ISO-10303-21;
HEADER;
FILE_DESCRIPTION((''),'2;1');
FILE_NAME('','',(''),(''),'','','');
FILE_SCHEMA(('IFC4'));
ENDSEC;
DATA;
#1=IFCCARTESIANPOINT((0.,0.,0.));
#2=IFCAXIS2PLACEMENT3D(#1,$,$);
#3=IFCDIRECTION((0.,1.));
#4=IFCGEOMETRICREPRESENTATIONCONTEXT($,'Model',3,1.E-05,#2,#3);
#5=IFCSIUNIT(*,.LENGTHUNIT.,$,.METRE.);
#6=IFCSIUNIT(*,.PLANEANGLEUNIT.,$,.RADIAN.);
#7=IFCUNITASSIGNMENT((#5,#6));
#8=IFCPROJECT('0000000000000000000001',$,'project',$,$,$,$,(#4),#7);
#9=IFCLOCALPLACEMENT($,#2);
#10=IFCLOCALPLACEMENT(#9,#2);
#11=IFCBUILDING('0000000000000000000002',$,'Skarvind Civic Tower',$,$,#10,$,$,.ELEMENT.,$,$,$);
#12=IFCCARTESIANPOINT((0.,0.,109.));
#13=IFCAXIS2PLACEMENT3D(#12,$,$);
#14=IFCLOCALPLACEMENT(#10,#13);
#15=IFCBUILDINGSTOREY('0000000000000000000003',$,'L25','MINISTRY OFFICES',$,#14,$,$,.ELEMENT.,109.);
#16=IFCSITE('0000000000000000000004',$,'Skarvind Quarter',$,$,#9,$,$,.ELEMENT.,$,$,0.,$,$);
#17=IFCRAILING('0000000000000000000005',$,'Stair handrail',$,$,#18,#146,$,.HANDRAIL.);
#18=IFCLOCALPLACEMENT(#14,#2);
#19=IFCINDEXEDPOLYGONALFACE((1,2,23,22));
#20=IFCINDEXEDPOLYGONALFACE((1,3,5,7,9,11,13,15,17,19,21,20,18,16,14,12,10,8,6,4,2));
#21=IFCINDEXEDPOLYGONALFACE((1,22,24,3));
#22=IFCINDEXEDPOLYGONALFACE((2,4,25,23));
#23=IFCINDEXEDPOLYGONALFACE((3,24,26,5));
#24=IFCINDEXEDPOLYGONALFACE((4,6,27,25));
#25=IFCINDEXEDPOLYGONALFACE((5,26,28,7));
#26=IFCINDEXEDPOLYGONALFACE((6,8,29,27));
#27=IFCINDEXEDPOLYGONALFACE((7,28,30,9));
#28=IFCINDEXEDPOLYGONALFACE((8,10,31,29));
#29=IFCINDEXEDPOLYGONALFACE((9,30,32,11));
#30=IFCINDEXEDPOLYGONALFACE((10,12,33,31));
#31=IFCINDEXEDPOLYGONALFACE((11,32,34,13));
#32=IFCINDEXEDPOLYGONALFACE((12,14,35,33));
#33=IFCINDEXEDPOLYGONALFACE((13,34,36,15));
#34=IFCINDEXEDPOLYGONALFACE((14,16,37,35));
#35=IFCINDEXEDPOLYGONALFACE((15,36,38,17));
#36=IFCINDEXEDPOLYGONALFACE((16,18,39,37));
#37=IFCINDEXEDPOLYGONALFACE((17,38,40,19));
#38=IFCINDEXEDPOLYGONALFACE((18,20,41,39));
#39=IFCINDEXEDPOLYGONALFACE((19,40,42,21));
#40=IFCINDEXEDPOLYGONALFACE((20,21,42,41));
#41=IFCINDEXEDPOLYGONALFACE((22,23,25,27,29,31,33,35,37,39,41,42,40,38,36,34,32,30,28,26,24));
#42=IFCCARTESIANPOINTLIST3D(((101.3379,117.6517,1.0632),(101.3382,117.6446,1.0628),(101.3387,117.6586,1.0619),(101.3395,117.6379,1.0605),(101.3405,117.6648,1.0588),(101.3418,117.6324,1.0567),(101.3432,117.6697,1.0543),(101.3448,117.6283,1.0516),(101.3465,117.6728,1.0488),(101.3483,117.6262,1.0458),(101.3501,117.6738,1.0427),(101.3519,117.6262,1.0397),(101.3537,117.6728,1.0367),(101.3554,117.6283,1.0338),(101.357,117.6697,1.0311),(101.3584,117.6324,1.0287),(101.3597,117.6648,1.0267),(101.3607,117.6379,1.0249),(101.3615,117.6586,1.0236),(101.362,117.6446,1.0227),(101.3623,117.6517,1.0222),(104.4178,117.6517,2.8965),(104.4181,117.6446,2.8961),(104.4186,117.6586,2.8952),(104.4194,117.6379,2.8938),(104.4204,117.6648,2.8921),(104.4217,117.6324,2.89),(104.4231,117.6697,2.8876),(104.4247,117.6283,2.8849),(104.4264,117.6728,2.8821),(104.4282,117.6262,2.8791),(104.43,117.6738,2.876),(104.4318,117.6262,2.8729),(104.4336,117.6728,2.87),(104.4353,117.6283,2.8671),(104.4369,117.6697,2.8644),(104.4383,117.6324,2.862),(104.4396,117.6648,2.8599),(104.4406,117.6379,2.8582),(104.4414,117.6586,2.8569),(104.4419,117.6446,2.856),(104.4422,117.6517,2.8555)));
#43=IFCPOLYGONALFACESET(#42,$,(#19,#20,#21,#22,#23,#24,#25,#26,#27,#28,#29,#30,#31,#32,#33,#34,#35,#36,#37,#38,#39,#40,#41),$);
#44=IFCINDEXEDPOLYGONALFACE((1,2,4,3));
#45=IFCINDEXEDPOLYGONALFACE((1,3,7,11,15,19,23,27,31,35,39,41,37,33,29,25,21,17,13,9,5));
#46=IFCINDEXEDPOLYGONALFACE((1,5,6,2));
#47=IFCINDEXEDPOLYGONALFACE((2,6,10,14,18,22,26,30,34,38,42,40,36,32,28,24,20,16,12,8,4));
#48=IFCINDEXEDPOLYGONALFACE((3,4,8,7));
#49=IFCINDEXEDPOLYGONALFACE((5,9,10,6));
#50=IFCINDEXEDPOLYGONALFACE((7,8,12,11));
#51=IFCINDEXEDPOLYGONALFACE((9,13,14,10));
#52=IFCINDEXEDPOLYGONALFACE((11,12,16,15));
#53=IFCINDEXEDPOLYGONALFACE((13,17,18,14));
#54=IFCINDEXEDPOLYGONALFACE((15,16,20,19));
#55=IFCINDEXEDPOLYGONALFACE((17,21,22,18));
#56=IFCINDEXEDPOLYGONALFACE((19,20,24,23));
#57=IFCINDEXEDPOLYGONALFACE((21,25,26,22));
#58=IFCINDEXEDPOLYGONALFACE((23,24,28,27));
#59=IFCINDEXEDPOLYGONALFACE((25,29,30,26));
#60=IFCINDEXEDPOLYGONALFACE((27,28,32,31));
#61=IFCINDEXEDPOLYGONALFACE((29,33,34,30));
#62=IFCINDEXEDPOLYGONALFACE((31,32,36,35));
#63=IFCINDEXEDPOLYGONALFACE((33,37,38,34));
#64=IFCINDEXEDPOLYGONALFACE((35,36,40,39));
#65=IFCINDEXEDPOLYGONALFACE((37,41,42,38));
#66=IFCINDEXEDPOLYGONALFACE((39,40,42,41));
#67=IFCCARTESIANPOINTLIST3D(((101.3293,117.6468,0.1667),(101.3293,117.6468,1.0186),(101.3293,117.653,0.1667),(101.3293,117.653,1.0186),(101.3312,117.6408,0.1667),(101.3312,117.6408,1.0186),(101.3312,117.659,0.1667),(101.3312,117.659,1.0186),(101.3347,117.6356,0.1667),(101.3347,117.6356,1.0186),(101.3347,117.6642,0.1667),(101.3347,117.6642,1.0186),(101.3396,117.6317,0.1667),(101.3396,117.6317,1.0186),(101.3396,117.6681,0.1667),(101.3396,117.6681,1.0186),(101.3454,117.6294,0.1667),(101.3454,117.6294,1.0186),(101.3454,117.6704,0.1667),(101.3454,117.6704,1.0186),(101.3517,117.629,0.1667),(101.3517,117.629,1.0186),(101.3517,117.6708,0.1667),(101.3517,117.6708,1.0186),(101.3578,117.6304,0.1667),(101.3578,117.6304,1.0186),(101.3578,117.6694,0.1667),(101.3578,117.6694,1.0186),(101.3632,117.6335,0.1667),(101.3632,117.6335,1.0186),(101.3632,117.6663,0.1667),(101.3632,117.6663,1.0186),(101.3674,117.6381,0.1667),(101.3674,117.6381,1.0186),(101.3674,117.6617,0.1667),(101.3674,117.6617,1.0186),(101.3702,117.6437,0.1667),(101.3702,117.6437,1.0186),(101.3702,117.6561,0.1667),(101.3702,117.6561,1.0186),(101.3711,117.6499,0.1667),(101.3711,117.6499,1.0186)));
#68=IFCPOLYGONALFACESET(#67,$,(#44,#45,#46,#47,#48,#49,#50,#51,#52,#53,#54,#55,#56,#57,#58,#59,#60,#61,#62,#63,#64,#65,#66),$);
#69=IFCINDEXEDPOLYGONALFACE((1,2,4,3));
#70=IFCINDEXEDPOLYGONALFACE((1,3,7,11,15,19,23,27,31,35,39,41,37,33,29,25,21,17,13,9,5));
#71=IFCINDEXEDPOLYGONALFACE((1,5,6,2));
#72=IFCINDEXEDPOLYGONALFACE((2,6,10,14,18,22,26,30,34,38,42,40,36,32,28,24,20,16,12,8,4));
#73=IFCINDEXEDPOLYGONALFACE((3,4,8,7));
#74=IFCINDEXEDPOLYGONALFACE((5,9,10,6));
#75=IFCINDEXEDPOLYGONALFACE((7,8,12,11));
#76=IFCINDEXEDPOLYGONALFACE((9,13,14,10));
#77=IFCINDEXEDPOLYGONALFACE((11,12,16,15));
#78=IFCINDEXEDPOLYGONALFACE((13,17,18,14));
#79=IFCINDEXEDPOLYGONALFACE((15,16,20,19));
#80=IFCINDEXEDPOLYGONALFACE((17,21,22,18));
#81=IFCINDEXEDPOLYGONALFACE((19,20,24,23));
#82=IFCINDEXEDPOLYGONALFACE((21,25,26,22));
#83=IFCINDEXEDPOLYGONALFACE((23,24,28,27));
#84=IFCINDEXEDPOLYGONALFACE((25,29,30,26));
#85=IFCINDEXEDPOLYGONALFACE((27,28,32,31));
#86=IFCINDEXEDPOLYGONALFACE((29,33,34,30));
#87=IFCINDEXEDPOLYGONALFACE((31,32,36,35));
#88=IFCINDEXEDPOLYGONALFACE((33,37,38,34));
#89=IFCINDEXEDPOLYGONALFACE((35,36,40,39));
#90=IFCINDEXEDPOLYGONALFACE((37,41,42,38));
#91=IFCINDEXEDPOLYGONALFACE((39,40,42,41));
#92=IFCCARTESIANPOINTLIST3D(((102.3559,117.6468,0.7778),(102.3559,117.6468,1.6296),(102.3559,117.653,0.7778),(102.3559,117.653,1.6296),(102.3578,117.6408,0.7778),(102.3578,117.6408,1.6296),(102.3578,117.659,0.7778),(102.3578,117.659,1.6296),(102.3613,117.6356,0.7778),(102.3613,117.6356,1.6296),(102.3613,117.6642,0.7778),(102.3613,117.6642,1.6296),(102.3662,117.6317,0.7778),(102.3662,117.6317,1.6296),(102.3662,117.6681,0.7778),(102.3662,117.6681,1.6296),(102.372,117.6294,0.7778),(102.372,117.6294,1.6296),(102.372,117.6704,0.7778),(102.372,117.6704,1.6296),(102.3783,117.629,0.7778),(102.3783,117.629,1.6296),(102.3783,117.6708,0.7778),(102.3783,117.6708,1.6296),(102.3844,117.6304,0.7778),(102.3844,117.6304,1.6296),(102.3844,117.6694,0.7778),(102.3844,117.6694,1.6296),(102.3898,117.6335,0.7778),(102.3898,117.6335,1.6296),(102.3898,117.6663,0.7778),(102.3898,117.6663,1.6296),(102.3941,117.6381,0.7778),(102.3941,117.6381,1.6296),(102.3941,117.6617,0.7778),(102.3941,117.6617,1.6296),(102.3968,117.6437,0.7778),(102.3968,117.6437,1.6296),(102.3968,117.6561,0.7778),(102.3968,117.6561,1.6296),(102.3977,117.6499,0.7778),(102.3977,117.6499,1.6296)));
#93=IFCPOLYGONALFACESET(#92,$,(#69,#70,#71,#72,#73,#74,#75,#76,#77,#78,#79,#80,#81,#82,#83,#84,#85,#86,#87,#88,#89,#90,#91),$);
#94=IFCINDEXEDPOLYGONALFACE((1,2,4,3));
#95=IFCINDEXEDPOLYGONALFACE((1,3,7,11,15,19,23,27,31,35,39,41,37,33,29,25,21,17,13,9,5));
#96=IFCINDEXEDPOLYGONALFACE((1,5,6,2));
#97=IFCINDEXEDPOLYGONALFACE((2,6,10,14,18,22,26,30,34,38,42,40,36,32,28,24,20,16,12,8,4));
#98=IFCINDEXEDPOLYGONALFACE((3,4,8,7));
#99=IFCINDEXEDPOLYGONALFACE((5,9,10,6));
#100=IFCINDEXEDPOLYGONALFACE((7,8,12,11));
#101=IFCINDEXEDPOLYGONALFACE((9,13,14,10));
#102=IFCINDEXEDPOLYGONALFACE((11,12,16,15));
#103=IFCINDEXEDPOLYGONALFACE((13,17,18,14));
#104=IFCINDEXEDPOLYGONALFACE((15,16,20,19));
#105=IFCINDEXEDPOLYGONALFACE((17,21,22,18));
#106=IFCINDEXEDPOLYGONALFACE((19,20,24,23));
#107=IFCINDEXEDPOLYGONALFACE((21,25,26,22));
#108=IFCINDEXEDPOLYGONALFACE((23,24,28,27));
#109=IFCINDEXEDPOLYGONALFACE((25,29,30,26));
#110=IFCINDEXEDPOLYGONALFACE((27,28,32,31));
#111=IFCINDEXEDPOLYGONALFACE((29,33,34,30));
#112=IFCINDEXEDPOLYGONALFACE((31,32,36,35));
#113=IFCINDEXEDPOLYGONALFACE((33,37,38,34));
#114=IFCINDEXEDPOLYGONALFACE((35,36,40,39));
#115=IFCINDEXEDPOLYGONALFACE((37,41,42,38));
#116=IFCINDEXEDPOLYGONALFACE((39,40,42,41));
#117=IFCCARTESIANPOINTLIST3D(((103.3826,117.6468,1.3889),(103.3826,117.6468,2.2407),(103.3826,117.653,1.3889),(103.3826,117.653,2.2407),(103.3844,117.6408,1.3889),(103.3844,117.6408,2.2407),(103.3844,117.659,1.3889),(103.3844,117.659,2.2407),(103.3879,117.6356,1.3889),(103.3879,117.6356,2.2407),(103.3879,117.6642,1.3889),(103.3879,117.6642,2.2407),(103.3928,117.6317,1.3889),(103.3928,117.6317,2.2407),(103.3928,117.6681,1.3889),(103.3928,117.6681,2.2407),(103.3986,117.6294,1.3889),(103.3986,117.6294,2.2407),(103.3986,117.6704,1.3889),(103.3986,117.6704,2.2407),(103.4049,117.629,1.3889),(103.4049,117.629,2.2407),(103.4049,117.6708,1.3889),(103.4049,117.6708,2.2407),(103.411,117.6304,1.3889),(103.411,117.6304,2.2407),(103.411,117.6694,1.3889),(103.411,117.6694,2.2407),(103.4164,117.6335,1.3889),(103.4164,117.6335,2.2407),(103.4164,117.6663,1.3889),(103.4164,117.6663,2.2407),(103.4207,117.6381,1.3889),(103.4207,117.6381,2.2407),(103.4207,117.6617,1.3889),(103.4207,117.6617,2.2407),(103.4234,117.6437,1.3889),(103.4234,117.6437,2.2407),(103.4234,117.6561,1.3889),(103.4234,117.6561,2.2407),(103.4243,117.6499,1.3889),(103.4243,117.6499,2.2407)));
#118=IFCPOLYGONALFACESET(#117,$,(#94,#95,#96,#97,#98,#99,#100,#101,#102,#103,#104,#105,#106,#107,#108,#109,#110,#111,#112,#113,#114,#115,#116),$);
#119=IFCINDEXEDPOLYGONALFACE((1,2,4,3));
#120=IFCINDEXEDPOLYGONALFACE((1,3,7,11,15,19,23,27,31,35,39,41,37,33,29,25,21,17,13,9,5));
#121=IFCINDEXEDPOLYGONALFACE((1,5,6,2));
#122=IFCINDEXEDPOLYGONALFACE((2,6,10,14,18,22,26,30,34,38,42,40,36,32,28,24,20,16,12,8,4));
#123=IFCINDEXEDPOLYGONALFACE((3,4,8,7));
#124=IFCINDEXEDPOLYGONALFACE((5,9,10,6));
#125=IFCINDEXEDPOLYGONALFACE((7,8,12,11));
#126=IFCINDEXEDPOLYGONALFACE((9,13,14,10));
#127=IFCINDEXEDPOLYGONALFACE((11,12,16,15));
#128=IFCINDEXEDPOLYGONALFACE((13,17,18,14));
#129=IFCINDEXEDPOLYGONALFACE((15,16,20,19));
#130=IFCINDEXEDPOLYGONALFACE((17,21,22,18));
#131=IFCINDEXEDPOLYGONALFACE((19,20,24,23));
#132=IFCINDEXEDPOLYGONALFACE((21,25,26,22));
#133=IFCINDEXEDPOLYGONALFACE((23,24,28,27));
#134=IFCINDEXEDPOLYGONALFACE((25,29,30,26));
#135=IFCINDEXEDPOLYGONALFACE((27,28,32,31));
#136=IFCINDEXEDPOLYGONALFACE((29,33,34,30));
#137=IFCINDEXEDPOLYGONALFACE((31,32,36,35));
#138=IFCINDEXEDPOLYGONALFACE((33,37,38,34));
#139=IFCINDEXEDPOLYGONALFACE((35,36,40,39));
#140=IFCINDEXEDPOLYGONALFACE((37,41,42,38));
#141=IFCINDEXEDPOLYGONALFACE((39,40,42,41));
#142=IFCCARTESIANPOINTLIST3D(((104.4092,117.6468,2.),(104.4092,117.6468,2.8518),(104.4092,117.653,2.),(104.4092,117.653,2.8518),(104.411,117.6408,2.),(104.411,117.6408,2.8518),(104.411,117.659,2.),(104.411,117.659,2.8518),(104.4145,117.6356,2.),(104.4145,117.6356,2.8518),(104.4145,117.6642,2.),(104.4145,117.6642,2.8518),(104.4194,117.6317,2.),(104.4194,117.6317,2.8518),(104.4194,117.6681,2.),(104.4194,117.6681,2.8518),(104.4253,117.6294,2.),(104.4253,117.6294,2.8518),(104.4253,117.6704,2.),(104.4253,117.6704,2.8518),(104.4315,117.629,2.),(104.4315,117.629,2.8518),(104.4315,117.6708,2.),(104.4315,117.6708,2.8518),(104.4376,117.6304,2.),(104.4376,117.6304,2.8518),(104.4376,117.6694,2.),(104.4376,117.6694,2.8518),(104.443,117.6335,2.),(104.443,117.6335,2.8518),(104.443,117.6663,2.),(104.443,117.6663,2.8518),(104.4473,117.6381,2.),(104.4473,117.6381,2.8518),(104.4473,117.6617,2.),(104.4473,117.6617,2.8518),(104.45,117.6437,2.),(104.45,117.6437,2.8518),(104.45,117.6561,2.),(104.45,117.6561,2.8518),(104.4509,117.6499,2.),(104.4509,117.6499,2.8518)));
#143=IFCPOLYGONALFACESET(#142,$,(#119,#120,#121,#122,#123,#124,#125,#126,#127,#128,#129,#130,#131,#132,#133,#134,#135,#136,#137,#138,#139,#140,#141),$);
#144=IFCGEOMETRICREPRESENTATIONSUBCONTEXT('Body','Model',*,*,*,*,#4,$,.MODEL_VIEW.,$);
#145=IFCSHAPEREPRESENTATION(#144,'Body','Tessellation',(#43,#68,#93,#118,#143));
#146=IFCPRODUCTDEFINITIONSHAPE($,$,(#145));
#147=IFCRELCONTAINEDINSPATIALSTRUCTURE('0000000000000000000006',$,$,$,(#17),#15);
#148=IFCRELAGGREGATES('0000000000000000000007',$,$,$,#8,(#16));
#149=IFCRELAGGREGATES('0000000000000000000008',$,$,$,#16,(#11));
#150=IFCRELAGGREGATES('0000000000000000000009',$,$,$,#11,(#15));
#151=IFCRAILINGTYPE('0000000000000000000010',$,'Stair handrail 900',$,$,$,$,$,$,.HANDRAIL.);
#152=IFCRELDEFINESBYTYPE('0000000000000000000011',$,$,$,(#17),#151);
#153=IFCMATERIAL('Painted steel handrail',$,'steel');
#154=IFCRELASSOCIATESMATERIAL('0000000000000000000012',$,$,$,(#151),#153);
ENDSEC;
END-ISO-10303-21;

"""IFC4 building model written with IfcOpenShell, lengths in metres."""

from ifc_helpers import new_model, si_unit, direction, frame, origin, origin_2d, place, context, subcontext, project, spatial, circle, extrude, material, type_object, element, save


model = new_model("IFC4")

# Units and contexts
model_context = context("Model", 3, precision=1e-05, world=origin(), true_north=direction((0.0, 1.0)))
body_context = subcontext(model_context, "Body", "Model", "MODEL_VIEW")
ifc_project = project(units=[si_unit("LENGTHUNIT", "METRE"), si_unit("PLANEANGLEUNIT", "RADIAN")], contexts=[model_context])

# Site, building, storey
site_placement = place(None, origin())
site = spatial("IfcSite", under=ifc_project, at=site_placement, Name="Skarvind Quarter", CompositionType="ELEMENT", RefElevation=0.0)
building_placement = place(site_placement, origin())
building = spatial("IfcBuilding", under=site, at=building_placement, Name="Skarvind Civic Tower", CompositionType="ELEMENT")
storey_placement = place(building_placement, frame((0.0, 0.0, 109.0)))
storey = spatial("IfcBuildingStorey", under=building, at=storey_placement, Name="L25", Description="MINISTRY OFFICES", CompositionType="ELEMENT", Elevation=109.0)

# Railing
ifc_material_1 = material(Name="Painted steel handrail", Category="steel")
railing_type = type_object("IfcRailingType", Name="Stair handrail 900", PredefinedType="HANDRAIL", material=ifc_material_1)
railing_1_placement = place(storey_placement, frame((101.3501, 117.6499, 0.1667)))
element("IfcRailing", 1, at=railing_1_placement, inside=storey, type_object=railing_type, Name="Stair handrail", PredefinedType="HANDRAIL", context=body_context, shape_type="SweptSolid", body=[
    extrude(circle(Radius=0.0239, at=origin_2d()), frame((0.0, 0.0, 0.876), z_axis=(0.859291, 0.0, 0.511487), x_axis=(0.0, 1.0, 0.0)), (0.0, 0.0, 1.0), 3.5842),
    extrude(circle(Radius=0.021, at=origin_2d()), origin(), (0.0, 0.0, 1.0), 0.8518),
    extrude(circle(Radius=0.021, at=origin_2d()), frame((1.0266, 0.0, 0.6111)), (0.0, 0.0, 1.0), 0.8518),
    extrude(circle(Radius=0.021, at=origin_2d()), frame((2.0532, 0.0, 1.2222)), (0.0, 0.0, 1.0), 0.8518),
    extrude(circle(Radius=0.021, at=origin_2d()), frame((3.0798, 0.0, 1.8333)), (0.0, 0.0, 1.0), 0.8518),
])

save(model, "model.ifc")
